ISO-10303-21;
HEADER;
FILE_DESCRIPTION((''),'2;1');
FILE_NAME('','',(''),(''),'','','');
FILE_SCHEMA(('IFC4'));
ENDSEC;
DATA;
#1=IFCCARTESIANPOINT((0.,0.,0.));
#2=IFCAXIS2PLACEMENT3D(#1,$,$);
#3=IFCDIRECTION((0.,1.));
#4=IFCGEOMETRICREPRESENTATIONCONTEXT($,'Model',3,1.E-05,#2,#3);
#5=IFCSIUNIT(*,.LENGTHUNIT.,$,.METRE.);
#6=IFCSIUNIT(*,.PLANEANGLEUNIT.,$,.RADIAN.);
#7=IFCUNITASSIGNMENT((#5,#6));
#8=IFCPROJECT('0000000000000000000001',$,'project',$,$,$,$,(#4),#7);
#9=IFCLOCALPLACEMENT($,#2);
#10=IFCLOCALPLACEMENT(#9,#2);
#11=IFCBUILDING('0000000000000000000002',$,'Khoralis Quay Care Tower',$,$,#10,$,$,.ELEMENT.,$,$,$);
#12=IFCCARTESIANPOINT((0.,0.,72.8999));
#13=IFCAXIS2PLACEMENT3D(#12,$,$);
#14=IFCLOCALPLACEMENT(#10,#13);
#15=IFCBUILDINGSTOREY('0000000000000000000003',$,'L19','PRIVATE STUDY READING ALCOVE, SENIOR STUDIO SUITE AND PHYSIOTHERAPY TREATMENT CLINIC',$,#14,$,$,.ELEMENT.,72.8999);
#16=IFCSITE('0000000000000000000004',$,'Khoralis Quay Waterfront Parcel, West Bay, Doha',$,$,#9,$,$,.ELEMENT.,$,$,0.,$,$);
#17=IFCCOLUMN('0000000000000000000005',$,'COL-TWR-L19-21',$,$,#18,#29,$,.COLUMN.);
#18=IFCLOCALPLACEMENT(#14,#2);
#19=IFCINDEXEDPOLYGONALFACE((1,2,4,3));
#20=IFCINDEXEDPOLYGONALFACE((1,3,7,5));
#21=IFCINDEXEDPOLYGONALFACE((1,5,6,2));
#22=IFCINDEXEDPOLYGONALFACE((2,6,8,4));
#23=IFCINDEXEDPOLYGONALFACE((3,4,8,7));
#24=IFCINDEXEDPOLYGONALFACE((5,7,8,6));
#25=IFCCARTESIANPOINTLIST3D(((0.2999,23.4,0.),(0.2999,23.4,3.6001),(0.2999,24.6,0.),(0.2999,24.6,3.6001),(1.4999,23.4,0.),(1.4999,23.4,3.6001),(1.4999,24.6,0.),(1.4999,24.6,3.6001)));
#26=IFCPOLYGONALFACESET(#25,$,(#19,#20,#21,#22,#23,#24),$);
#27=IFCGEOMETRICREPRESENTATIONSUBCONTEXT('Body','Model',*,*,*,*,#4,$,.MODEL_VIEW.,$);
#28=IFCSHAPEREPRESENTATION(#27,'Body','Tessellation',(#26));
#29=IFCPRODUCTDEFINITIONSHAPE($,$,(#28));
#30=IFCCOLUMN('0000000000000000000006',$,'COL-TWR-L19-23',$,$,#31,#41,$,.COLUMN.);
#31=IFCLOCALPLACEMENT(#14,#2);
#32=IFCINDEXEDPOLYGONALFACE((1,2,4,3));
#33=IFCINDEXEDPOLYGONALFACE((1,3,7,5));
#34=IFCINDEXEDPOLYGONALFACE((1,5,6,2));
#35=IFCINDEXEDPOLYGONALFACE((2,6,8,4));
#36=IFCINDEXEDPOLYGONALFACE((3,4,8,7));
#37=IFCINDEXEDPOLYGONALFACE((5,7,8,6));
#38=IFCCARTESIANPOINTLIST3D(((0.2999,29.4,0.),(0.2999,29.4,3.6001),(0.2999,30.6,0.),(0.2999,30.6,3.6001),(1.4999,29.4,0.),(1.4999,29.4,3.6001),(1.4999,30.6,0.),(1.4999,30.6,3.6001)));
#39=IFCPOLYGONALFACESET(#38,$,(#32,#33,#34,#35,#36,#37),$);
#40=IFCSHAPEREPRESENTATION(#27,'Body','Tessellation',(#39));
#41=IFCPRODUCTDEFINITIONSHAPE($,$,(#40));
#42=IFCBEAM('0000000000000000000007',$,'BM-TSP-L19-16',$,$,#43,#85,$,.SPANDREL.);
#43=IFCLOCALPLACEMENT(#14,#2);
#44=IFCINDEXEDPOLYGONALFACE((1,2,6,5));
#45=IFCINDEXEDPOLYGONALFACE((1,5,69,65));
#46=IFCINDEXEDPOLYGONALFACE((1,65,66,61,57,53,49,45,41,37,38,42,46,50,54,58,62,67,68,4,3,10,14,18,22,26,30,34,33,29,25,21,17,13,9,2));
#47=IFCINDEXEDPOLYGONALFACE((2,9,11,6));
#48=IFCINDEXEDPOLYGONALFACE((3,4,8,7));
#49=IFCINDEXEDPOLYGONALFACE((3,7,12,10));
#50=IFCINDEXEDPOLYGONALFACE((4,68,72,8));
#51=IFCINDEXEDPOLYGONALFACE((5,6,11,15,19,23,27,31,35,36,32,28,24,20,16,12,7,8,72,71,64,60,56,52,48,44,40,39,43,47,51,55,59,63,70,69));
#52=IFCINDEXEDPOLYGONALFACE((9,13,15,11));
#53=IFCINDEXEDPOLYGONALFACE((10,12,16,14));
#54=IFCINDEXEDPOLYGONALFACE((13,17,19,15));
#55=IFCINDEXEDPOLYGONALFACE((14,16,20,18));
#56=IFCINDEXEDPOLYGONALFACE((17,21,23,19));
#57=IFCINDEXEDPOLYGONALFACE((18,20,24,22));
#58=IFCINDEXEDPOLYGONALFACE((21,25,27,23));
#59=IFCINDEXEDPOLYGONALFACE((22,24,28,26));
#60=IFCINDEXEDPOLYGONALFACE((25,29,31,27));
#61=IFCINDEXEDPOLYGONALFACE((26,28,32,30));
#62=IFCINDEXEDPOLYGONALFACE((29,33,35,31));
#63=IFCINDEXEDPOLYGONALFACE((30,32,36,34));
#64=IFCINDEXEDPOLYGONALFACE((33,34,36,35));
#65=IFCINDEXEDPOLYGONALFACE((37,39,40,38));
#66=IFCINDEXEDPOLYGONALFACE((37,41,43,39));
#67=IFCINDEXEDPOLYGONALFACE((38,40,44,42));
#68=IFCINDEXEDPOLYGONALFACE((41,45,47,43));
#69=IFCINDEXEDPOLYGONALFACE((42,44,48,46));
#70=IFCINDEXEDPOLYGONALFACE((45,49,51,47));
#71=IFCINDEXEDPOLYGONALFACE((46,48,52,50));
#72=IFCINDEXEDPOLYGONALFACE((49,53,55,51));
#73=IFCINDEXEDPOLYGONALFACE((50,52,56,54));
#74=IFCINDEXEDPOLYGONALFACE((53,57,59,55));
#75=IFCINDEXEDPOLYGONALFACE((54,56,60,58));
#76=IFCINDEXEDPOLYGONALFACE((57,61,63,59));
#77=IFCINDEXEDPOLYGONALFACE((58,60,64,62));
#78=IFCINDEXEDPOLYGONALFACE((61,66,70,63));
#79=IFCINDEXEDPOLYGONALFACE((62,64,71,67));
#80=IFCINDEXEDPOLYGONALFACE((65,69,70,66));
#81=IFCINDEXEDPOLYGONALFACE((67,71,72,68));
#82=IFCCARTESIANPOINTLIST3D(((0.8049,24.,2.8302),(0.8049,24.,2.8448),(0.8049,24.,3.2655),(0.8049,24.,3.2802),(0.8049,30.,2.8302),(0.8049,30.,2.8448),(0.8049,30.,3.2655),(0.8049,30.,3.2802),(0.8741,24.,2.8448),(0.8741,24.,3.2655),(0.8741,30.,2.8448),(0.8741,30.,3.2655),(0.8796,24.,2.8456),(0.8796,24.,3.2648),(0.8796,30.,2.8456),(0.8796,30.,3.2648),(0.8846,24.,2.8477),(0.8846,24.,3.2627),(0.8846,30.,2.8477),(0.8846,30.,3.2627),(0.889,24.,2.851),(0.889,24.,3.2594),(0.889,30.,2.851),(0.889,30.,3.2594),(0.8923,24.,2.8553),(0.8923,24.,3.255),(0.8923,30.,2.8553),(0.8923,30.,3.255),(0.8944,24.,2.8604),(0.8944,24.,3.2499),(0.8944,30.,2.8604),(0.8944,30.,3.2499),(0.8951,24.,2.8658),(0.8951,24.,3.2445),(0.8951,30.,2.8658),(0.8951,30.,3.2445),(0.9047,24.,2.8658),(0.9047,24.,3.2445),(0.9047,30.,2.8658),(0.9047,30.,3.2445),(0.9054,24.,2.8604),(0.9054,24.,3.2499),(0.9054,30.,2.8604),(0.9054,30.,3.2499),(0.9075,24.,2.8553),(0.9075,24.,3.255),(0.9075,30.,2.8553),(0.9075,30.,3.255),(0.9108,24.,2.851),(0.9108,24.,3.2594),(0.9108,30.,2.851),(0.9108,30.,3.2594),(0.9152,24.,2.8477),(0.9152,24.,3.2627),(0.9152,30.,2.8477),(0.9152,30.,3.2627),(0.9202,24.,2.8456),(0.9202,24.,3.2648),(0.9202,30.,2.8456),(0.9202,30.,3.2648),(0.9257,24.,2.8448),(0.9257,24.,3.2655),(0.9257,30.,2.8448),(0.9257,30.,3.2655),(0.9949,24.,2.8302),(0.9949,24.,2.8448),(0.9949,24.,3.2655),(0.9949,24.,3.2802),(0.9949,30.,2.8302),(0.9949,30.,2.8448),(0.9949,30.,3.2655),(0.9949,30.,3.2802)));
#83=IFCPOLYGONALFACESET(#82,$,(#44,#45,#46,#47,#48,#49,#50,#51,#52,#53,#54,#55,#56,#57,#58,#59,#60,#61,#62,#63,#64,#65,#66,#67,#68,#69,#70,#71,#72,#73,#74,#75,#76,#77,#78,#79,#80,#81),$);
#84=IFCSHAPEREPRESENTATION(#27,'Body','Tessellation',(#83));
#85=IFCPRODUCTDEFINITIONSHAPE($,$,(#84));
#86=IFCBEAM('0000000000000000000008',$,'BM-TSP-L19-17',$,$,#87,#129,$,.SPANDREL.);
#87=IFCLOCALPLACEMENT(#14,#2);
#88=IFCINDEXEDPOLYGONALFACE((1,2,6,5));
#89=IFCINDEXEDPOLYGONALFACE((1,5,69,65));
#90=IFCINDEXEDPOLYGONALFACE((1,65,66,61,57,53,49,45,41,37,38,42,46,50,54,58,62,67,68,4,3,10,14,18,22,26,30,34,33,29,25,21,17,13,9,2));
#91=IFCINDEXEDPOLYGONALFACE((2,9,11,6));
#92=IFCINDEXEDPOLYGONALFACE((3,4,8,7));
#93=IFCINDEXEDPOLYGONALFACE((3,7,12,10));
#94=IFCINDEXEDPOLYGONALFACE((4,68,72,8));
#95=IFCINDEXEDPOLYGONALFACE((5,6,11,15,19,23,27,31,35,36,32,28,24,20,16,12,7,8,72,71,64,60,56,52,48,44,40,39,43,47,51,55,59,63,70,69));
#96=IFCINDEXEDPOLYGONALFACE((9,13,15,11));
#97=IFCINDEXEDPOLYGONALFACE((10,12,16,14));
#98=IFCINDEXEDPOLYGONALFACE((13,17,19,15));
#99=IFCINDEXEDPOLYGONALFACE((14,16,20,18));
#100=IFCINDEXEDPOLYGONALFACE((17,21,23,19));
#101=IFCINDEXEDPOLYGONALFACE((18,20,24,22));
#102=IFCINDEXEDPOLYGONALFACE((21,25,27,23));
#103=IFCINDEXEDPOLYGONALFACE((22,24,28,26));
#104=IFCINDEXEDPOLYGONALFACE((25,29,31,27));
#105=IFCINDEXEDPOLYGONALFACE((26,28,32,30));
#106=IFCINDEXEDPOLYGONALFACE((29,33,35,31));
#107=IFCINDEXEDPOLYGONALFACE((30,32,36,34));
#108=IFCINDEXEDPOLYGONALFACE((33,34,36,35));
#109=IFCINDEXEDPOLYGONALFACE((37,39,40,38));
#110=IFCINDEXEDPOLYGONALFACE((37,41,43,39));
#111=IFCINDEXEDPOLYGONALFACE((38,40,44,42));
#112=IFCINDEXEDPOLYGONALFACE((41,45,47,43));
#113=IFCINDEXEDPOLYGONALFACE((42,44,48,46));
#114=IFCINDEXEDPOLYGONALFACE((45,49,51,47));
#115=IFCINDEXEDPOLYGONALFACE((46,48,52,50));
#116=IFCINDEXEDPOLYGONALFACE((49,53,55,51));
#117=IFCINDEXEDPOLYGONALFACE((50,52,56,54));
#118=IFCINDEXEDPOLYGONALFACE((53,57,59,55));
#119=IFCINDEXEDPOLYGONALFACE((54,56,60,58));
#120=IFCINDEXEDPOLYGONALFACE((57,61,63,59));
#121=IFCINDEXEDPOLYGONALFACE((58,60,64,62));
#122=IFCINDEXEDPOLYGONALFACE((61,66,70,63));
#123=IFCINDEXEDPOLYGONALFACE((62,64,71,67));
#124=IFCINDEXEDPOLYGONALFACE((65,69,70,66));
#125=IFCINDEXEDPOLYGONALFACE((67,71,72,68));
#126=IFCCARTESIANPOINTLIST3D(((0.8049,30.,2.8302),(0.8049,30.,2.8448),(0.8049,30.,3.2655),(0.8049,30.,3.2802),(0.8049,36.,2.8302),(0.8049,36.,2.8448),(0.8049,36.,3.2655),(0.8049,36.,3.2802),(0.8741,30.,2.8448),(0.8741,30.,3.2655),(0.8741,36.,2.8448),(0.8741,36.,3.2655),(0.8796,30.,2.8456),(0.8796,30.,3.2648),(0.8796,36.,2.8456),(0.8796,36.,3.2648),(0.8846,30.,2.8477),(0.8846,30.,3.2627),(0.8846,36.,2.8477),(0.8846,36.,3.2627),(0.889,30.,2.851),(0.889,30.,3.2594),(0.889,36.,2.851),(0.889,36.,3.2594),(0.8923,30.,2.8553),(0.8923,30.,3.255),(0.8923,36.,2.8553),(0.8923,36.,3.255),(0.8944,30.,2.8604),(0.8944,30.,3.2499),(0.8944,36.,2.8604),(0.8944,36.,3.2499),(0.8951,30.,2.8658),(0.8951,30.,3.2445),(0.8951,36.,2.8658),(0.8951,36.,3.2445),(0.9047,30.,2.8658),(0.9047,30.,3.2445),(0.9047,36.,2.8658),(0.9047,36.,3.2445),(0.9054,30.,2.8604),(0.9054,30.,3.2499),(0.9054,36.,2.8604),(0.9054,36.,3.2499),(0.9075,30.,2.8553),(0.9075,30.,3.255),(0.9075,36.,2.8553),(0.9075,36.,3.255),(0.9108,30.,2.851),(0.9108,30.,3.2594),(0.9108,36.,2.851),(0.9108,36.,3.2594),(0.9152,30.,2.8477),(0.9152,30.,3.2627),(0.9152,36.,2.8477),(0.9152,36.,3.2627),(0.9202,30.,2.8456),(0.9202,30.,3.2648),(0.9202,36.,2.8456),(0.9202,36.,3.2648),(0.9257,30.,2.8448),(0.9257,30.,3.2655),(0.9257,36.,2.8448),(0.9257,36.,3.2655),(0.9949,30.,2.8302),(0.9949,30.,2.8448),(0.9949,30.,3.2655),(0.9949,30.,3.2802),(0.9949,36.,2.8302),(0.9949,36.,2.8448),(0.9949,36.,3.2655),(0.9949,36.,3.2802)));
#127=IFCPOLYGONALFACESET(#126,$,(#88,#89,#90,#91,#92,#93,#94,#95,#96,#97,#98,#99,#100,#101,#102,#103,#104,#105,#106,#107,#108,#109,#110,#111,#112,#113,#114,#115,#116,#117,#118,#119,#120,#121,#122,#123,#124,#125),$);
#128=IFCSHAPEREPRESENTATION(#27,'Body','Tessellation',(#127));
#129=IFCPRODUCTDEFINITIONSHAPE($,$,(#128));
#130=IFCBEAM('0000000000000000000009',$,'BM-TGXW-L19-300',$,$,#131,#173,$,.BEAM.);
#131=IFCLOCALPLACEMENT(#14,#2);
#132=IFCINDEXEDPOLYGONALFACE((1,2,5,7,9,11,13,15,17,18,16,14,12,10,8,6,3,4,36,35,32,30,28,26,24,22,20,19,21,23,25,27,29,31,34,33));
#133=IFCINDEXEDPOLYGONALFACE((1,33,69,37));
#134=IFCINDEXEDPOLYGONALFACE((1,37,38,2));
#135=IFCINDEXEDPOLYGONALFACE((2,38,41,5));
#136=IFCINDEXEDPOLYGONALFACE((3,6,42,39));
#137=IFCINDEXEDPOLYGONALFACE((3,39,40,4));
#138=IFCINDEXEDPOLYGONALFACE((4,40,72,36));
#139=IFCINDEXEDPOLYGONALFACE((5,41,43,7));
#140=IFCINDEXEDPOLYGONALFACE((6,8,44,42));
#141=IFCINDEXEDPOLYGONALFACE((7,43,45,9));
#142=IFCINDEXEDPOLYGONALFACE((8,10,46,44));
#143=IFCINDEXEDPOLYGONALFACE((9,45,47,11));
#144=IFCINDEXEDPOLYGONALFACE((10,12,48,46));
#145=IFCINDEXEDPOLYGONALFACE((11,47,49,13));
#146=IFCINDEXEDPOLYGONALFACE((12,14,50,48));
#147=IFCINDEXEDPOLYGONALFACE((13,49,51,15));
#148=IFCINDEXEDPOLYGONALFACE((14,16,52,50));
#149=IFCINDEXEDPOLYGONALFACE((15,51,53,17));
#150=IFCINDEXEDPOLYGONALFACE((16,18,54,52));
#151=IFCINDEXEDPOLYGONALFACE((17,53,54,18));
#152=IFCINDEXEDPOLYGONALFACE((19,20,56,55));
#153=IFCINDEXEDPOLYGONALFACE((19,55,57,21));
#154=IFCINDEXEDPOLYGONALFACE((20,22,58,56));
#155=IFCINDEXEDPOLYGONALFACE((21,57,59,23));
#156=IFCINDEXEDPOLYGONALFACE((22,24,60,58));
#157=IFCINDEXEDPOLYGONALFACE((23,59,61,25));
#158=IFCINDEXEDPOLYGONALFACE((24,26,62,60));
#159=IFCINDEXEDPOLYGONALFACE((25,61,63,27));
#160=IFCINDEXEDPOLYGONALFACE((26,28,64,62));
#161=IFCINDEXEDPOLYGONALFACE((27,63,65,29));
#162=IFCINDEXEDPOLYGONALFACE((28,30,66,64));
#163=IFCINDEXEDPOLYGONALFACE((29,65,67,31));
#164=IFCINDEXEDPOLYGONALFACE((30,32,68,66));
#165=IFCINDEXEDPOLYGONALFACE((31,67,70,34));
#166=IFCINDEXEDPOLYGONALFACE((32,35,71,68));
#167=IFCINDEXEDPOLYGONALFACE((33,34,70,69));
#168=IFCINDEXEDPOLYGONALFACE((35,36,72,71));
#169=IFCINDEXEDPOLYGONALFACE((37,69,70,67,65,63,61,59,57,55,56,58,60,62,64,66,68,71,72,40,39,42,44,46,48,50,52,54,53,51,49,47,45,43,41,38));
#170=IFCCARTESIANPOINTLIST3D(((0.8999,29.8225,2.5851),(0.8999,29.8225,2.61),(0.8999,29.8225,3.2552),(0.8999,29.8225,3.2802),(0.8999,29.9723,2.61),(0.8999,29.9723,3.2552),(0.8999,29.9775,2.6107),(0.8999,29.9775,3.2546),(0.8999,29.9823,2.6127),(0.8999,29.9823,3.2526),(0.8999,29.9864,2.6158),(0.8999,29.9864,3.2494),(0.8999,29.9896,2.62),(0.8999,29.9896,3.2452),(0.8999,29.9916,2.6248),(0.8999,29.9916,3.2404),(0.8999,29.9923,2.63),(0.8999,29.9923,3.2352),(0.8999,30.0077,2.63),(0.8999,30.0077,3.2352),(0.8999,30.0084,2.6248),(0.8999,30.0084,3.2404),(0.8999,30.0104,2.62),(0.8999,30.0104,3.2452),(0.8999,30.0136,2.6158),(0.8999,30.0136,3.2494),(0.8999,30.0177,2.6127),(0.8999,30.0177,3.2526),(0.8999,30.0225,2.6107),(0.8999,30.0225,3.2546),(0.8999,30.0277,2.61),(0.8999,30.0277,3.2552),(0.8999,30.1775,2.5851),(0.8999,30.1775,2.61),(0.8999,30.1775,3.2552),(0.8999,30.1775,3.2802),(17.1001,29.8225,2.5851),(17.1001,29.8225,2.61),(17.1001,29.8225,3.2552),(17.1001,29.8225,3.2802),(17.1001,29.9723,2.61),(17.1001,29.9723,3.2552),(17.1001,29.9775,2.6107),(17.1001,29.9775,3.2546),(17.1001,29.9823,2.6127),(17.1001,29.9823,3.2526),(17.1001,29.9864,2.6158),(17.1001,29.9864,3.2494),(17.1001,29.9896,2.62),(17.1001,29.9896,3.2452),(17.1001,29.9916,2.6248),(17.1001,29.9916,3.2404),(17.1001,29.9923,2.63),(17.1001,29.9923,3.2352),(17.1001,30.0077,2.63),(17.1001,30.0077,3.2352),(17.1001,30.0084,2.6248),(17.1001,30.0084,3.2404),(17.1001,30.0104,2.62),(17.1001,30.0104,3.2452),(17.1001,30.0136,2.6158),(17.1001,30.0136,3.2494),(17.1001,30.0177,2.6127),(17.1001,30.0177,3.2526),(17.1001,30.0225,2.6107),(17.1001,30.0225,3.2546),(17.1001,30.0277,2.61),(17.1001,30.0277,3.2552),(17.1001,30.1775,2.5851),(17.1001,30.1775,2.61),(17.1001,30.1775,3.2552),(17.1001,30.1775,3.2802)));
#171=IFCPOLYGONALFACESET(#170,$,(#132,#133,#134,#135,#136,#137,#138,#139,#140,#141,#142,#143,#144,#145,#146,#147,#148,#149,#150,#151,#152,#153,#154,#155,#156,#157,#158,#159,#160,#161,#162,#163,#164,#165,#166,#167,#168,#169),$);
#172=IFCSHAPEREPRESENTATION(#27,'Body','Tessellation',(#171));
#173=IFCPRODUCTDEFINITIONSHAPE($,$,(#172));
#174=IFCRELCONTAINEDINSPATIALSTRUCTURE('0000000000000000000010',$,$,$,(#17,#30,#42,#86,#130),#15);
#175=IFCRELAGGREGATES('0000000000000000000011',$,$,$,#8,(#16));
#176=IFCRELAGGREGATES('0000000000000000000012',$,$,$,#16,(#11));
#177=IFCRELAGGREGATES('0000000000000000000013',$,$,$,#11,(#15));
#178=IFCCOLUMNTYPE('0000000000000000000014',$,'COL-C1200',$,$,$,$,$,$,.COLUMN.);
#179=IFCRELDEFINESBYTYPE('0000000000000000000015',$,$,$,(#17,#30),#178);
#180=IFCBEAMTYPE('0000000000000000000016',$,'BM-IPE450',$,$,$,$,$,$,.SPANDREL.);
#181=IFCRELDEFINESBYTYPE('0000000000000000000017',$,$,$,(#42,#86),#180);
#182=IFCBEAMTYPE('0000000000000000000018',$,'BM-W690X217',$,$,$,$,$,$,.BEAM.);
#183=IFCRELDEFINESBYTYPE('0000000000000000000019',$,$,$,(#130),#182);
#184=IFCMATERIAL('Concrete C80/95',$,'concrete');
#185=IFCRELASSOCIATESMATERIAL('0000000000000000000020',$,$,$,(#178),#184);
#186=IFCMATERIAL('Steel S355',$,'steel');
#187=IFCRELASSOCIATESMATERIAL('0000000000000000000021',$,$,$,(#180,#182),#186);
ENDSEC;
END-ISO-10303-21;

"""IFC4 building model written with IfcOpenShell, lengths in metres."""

from ifc_helpers import new_model, si_unit, direction, frame, origin, origin_2d, place, context, subcontext, project, spatial, rectangle, i_section, extrude, source, transform, mapped, material, material_profile, profile_set, type_object, element, save


model = new_model("IFC4")

# Units and contexts
model_context = context("Model", 3, precision=1e-05, world=origin(), true_north=direction((0.0, 1.0)))
body_context = subcontext(model_context, "Body", "Model", "MODEL_VIEW")
ifc_project = project(units=[si_unit("LENGTHUNIT", "METRE"), si_unit("PLANEANGLEUNIT", "RADIAN")], contexts=[model_context])

# Site, building, storey
site_placement = place(None, origin())
site = spatial("IfcSite", under=ifc_project, at=site_placement, Name="Khoralis Quay Waterfront Parcel, West Bay, Doha", CompositionType="ELEMENT", RefElevation=0.0)
building_placement = place(site_placement, origin())
building = spatial("IfcBuilding", under=site, at=building_placement, Name="Khoralis Quay Care Tower", CompositionType="ELEMENT")
storey_placement = place(building_placement, frame((0.0, 0.0, 72.8999)))
storey = spatial("IfcBuildingStorey", under=building, at=storey_placement, Name="L19", Description="PRIVATE STUDY READING ALCOVE, SENIOR STUDIO SUITE AND PHYSIOTHERAPY TREATMENT CLINIC", CompositionType="ELEMENT", Elevation=72.8999)

# Columns
ifc_material_1 = material(Name="Concrete C80/95", Category="concrete")
ifc_material_profile_1 = material_profile(ifc_material_1, rectangle(XDim=1.2, YDim=1.2, at=origin_2d()), Name="Concrete C80/95")
ifc_profile_set_1 = profile_set([ifc_material_profile_1], Name="Concrete C80/95")
column_type = type_object("IfcColumnType", Name="COL-C1200", PredefinedType="COLUMN", material=ifc_profile_set_1)
shared_shape_1 = source(origin(), body_context, "Body", "SweptSolid", [
    extrude(rectangle(XDim=1.2, YDim=1.2, at=origin_2d()), origin(), (0.0, 0.0, 1.0), 3.6001),
])
for number, where, z_axis, x_axis, name in (
    (1, (0.8999, 24.0, 0.0), (0.0, 0.0, 1.0), (1.0, 0.0, 0.0), "COL-TWR-L19-21"),
    (2, (0.8999, 30.0, 0.0), (0.0, 0.0, 1.0), (1.0, 0.0, 0.0), "COL-TWR-L19-23"),
):
    element("IfcColumn", number, at=place(storey_placement, frame(where, z_axis=z_axis, x_axis=x_axis)), inside=storey, type_object=column_type, Name=name, PredefinedType="COLUMN", context=body_context, shape_type="MappedRepresentation", body=[
        mapped(shared_shape_1, transform((0.0, 0.0, 0.0), scale=1.0)),
    ])

# Beams
ifc_material_2 = material(Name="Steel S355", Category="steel")
ifc_material_profile_2 = material_profile(ifc_material_2, i_section(OverallWidth=0.1899, OverallDepth=0.45, WebThickness=0.0095, FlangeThickness=0.0146, FilletRadius=0.021, at=origin_2d()), Name="Steel S355")
ifc_profile_set_2 = profile_set([ifc_material_profile_2], Name="Steel S355")
beam_type_1 = type_object("IfcBeamType", Name="BM-IPE450", PredefinedType="SPANDREL", material=ifc_profile_set_2)
shared_shape_2 = source(origin(), body_context, "Body", "SweptSolid", [
    extrude(i_section(OverallWidth=0.1899, OverallDepth=0.45, WebThickness=0.0095, FlangeThickness=0.0146, FilletRadius=0.021, at=origin_2d()), origin(), (0.0, 0.0, 1.0), 6.0),
])
for number, where, z_axis, x_axis, name in (
    (3, (0.8999, 24.0, 3.0552), (0.0, 1.0, 0.0), (-1.0, 0.0, 0.0), "BM-TSP-L19-16"),
    (4, (0.8999, 30.0, 3.0552), (0.0, 1.0, 0.0), (-1.0, 0.0, 0.0), "BM-TSP-L19-17"),
):
    element("IfcBeam", number, at=place(storey_placement, frame(where, z_axis=z_axis, x_axis=x_axis)), inside=storey, type_object=beam_type_1, Name=name, PredefinedType="SPANDREL", context=body_context, shape_type="MappedRepresentation", body=[
        mapped(shared_shape_2, transform((0.0, 0.0, 0.0), scale=1.0)),
    ])
ifc_material_profile_3 = material_profile(ifc_material_2, i_section(OverallWidth=0.355, OverallDepth=0.6951, WebThickness=0.0154, FlangeThickness=0.0249, FilletRadius=0.02, at=origin_2d()), Name="Steel S355")
ifc_profile_set_3 = profile_set([ifc_material_profile_3], Name="Steel S355")
beam_type_2 = type_object("IfcBeamType", Name="BM-W690X217", PredefinedType="BEAM", material=ifc_profile_set_3)
shared_shape_3 = source(origin(), body_context, "Body", "SweptSolid", [
    extrude(i_section(OverallWidth=0.355, OverallDepth=0.6951, WebThickness=0.0154, FlangeThickness=0.0249, FilletRadius=0.02, at=origin_2d()), origin(), (0.0, 0.0, 1.0), 16.2002),
])
beam_1_placement = place(storey_placement, frame((0.8999, 30.0, 2.9326), z_axis=(1.0, 0.0, 0.0), x_axis=(0.0, 1.0, 0.0)))
element("IfcBeam", 5, at=beam_1_placement, inside=storey, type_object=beam_type_2, Name="BM-TGXW-L19-300", PredefinedType="BEAM", context=body_context, shape_type="MappedRepresentation", body=[
    mapped(shared_shape_3, transform((0.0, 0.0, 0.0), scale=1.0)),
])

save(model, "model.ifc")
